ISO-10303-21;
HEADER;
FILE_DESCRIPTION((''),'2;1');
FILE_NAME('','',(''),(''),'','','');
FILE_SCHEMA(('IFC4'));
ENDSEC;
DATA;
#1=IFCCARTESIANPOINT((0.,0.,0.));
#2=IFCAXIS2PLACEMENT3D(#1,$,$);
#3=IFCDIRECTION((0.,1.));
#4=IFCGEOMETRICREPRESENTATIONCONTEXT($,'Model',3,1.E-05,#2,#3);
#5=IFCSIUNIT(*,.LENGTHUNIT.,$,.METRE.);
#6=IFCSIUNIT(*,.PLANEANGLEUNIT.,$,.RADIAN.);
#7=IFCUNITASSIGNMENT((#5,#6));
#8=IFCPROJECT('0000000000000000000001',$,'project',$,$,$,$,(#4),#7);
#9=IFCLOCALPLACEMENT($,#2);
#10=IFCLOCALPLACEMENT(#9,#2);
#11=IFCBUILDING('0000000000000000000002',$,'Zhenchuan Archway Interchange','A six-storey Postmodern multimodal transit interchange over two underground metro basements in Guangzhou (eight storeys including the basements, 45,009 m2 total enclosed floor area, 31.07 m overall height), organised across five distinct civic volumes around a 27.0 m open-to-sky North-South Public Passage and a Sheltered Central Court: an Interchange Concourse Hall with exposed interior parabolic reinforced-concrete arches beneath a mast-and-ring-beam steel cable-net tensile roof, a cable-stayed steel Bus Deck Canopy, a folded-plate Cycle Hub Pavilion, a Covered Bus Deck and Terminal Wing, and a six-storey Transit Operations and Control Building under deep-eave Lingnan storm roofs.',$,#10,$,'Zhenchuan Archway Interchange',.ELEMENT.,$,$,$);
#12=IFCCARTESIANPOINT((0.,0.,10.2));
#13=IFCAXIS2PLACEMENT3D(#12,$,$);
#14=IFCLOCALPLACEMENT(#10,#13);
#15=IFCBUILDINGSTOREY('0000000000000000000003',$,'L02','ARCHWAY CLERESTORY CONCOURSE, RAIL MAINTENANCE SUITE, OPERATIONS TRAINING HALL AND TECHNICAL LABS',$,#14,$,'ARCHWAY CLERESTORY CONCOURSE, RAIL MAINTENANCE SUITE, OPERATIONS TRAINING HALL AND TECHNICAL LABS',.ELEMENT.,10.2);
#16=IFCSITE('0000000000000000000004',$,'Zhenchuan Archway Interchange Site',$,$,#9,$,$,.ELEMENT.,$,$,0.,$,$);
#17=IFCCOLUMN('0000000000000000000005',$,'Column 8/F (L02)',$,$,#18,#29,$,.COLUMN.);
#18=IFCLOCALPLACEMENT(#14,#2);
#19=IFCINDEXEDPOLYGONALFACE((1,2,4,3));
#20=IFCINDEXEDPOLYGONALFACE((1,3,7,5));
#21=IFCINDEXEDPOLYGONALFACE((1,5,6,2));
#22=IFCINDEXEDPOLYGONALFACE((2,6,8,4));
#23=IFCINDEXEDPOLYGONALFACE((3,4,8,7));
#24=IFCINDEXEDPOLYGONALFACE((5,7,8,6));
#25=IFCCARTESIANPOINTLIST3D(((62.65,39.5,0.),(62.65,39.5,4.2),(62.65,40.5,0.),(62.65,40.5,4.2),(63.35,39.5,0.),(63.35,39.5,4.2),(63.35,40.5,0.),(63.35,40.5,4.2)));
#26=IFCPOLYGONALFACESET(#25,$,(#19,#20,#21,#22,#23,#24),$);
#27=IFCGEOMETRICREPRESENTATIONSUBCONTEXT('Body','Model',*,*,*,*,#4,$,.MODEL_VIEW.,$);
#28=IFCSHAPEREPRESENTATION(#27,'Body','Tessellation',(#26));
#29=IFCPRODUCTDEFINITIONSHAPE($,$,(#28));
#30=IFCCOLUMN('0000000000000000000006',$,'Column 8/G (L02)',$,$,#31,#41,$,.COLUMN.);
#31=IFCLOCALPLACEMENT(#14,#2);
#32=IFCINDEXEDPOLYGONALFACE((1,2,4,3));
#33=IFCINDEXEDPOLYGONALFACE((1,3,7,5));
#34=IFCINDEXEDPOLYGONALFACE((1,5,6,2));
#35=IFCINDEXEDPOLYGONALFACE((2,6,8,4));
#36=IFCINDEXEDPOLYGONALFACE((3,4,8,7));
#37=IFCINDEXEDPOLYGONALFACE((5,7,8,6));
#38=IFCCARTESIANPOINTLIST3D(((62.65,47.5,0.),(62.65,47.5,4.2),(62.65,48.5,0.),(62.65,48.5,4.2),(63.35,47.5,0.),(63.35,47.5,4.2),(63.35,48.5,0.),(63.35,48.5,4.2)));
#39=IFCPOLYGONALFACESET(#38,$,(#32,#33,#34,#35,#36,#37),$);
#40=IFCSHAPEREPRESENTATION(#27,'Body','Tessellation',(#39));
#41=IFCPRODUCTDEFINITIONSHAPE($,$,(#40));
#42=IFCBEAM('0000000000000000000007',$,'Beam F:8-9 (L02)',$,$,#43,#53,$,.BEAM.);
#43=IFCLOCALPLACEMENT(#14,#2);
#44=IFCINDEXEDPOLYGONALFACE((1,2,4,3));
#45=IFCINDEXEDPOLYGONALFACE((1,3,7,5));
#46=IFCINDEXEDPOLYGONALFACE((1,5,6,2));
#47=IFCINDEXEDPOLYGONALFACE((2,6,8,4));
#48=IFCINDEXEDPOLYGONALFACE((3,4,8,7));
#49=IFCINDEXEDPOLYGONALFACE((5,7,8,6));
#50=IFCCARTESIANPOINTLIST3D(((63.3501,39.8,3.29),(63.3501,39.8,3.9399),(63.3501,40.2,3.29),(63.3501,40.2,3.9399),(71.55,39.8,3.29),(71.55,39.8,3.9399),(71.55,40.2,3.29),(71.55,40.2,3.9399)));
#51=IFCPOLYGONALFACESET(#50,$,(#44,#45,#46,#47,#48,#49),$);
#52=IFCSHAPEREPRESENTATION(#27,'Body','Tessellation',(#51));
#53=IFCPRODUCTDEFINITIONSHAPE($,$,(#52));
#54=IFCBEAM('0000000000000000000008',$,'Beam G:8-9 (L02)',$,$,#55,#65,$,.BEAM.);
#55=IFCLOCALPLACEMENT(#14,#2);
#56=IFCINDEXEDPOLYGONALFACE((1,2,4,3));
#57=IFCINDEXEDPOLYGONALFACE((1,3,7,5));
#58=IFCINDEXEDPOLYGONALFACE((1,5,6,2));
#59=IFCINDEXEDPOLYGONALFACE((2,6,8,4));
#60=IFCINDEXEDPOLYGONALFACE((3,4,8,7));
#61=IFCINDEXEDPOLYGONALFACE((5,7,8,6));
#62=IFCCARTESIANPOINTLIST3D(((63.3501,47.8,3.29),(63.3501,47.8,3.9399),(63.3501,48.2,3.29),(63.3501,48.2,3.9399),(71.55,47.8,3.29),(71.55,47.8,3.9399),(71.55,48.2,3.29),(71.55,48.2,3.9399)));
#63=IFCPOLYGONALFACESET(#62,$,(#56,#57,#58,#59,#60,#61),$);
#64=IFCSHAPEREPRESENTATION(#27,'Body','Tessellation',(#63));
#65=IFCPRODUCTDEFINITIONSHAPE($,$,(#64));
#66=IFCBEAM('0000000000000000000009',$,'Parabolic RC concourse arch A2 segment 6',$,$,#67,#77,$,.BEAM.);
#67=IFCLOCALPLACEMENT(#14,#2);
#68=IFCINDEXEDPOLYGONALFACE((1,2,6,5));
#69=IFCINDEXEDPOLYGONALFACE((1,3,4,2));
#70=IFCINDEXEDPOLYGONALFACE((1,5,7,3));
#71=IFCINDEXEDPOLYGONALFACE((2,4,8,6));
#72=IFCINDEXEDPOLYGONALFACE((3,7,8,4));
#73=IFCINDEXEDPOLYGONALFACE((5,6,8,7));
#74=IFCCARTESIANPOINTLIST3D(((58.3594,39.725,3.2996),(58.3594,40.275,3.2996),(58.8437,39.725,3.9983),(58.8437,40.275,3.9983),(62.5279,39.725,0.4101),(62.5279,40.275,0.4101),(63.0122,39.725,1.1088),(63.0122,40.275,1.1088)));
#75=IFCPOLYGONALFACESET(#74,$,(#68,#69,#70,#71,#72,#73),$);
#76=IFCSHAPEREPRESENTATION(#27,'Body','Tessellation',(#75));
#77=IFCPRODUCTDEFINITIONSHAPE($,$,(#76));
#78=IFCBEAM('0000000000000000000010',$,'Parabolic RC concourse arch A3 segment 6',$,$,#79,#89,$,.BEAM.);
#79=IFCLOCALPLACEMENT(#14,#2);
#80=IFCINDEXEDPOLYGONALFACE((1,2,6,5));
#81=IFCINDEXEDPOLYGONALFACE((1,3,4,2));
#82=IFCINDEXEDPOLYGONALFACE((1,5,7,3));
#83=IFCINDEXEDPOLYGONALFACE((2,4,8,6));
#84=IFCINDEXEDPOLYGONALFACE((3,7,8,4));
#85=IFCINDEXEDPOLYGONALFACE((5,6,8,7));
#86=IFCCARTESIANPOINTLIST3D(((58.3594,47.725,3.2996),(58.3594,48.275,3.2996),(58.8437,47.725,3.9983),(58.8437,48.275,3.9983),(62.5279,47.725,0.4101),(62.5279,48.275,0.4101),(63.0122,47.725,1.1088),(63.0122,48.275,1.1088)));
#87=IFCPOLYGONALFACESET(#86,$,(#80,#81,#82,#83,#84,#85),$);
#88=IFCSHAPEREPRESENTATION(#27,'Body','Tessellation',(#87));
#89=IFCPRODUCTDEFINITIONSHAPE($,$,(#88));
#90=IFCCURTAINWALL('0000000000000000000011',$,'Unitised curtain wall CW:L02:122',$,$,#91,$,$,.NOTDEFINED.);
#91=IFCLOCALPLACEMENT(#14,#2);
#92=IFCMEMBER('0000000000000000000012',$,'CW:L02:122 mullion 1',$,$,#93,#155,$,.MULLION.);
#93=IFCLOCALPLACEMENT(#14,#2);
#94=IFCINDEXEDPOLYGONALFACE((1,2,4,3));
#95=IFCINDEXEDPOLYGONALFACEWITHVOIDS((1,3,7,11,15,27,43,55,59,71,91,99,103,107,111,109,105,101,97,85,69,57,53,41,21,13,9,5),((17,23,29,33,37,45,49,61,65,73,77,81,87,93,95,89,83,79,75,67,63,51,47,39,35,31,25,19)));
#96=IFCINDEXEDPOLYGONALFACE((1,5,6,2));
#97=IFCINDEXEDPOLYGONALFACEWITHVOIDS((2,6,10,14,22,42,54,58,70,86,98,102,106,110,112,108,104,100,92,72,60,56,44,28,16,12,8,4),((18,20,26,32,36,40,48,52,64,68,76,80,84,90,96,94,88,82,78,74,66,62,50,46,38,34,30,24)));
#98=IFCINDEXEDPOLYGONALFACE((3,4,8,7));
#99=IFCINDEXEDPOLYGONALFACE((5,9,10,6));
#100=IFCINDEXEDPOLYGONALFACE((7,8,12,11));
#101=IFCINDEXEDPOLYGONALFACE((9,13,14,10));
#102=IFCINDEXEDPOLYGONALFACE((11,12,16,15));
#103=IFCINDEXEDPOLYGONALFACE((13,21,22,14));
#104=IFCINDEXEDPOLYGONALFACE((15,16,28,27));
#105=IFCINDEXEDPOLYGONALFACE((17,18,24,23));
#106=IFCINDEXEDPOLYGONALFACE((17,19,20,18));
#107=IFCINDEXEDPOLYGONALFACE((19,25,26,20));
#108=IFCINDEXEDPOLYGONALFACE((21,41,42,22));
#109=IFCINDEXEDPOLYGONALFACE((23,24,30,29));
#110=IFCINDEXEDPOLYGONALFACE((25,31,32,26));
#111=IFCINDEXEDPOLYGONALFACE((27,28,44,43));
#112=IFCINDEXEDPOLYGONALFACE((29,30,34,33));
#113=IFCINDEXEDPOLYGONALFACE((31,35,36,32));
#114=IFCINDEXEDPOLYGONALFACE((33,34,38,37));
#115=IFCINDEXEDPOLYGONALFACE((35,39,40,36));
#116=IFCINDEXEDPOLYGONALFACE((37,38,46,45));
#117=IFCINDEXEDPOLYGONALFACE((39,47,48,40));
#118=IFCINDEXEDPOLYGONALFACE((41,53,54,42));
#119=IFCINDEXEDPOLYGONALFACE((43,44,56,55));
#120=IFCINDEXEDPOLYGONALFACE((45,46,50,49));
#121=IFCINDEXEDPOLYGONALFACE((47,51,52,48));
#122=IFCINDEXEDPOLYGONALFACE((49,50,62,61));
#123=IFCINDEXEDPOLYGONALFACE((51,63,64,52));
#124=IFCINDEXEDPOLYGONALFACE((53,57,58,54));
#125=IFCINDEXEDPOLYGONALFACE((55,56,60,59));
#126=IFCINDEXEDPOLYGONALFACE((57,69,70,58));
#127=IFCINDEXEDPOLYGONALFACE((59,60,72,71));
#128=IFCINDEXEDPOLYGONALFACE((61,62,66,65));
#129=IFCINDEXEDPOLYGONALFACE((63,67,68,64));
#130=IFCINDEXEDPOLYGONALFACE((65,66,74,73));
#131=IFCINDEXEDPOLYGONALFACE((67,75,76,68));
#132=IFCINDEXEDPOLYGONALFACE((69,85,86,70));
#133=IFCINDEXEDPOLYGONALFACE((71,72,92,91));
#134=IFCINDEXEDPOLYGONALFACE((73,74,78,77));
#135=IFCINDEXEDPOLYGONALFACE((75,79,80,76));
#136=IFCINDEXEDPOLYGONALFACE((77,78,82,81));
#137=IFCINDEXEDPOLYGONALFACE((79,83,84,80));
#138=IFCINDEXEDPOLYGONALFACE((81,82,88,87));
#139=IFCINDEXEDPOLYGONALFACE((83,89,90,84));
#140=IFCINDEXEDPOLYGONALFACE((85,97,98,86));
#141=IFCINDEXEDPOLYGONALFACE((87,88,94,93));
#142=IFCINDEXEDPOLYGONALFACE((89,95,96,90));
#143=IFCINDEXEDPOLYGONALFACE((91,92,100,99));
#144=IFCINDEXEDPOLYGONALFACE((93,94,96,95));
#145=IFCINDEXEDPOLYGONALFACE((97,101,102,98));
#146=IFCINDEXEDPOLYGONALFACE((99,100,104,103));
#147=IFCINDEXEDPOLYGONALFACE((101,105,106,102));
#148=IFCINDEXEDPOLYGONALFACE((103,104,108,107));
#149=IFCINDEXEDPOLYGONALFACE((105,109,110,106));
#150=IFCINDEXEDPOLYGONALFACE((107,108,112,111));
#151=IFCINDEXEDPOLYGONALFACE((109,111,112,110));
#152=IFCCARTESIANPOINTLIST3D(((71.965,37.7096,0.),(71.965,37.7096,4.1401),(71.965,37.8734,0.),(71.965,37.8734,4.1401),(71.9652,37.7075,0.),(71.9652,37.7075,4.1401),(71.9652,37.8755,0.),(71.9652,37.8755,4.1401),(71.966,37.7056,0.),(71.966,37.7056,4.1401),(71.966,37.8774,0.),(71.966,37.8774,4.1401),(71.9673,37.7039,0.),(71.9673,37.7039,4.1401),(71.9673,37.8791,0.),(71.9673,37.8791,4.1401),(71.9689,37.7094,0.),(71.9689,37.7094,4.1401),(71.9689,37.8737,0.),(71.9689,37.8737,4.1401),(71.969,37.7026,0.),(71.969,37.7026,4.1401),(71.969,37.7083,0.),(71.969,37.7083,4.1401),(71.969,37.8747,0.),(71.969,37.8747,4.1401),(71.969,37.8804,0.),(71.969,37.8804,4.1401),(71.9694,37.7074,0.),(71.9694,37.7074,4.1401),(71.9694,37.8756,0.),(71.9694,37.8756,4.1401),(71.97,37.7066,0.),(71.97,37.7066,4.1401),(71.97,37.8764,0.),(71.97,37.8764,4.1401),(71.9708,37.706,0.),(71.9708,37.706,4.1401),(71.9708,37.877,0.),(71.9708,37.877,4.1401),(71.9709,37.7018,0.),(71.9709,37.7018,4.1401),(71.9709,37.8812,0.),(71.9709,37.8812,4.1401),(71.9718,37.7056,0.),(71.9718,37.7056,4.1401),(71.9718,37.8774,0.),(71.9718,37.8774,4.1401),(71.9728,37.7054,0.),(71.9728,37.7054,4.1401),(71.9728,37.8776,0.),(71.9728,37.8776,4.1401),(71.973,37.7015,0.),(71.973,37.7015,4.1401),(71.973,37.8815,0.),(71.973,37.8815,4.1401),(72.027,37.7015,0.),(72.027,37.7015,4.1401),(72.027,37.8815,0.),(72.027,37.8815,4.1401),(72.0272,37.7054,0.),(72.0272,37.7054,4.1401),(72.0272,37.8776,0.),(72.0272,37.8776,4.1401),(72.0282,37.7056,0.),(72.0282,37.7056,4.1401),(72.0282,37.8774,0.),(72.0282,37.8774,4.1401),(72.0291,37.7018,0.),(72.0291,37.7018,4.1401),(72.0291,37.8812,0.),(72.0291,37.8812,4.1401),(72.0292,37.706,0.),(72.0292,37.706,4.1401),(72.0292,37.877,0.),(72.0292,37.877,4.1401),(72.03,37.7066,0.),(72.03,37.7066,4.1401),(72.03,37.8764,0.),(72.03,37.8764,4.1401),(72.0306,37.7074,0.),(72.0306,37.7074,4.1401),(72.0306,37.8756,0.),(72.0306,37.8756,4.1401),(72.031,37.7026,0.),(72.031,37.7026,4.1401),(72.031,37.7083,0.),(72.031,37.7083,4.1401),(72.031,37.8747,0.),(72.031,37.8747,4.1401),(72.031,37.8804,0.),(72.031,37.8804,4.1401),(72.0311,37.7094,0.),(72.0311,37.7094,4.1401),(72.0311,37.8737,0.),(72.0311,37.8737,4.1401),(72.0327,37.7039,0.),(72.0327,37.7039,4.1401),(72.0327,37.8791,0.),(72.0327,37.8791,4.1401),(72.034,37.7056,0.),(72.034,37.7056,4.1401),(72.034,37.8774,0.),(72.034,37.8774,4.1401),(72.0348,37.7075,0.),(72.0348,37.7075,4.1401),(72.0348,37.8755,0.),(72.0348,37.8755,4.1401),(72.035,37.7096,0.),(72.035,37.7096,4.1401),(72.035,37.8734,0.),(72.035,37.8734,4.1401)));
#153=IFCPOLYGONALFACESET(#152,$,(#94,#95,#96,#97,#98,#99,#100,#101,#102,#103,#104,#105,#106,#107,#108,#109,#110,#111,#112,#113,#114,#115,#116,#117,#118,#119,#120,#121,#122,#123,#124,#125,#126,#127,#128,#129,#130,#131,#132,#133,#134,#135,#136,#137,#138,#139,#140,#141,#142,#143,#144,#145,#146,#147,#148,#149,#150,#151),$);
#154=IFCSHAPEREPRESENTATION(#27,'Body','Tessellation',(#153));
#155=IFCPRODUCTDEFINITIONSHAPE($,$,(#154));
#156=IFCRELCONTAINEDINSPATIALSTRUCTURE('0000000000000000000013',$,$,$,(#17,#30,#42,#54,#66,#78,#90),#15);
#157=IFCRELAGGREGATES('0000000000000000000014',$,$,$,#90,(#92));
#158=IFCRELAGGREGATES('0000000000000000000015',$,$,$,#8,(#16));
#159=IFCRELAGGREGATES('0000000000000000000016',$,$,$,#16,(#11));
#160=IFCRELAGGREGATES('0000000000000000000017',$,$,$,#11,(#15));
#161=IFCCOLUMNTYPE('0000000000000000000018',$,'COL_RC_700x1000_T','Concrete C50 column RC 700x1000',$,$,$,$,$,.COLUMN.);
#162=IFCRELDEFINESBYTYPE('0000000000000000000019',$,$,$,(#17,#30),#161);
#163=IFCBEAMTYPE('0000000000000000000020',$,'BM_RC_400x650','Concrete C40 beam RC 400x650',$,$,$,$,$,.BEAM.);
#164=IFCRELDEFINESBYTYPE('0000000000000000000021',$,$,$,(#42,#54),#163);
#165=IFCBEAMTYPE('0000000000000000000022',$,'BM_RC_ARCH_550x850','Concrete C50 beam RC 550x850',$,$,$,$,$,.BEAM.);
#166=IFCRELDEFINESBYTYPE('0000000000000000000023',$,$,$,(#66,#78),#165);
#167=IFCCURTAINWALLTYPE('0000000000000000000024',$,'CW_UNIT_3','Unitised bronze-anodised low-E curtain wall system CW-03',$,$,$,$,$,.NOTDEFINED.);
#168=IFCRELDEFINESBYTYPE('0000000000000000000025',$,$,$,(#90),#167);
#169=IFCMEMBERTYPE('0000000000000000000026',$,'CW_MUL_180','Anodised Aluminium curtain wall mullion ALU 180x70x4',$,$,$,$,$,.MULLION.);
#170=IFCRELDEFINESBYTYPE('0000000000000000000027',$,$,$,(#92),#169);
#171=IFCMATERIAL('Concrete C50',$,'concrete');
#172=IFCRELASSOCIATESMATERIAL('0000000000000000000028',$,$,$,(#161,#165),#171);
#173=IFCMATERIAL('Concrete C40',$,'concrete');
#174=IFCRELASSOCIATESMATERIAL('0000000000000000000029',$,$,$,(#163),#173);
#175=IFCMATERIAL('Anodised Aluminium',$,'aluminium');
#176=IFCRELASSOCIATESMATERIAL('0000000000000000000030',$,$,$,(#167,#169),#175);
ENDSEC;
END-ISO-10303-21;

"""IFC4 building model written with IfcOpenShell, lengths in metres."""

from ifc_helpers import new_model, si_unit, direction, frame, origin, origin_2d, place, context, subcontext, project, spatial, rectangle, hollow_rectangle, extrude, material, material_profile, profile_set, type_object, element, aggregate, save


model = new_model("IFC4")

# Units and contexts
model_context = context("Model", 3, precision=1e-05, world=origin(), true_north=direction((0.0, 1.0)))
body_context = subcontext(model_context, "Body", "Model", "MODEL_VIEW")
ifc_project = project(units=[si_unit("LENGTHUNIT", "METRE"), si_unit("PLANEANGLEUNIT", "RADIAN")], contexts=[model_context])

# Site, building, storey
site_placement = place(None, origin())
site = spatial("IfcSite", under=ifc_project, at=site_placement, Name="Zhenchuan Archway Interchange Site", CompositionType="ELEMENT", RefElevation=0.0)
building_placement = place(site_placement, origin())
building = spatial("IfcBuilding", under=site, at=building_placement, Name="Zhenchuan Archway Interchange", Description="A six-storey Postmodern multimodal transit interchange over two underground metro basements in Guangzhou (eight storeys including the basements, 45,009 m2 total enclosed floor area, 31.07 m overall height), organised across five distinct civic volumes around a 27.0 m open-to-sky North-South Public Passage and a Sheltered Central Court: an Interchange Concourse Hall with exposed interior parabolic reinforced-concrete arches beneath a mast-and-ring-beam steel cable-net tensile roof, a cable-stayed steel Bus Deck Canopy, a folded-plate Cycle Hub Pavilion, a Covered Bus Deck and Terminal Wing, and a six-storey Transit Operations and Control Building under deep-eave Lingnan storm roofs.", LongName="Zhenchuan Archway Interchange", CompositionType="ELEMENT")
storey_placement = place(building_placement, frame((0.0, 0.0, 10.2)))
storey = spatial("IfcBuildingStorey", under=building, at=storey_placement, Name="L02", Description="ARCHWAY CLERESTORY CONCOURSE, RAIL MAINTENANCE SUITE, OPERATIONS TRAINING HALL AND TECHNICAL LABS", LongName="ARCHWAY CLERESTORY CONCOURSE, RAIL MAINTENANCE SUITE, OPERATIONS TRAINING HALL AND TECHNICAL LABS", CompositionType="ELEMENT", Elevation=10.2)

# Columns
ifc_material_1 = material(Name="Concrete C50", Category="concrete")
ifc_material_profile_1 = material_profile(ifc_material_1, rectangle(XDim=0.7, YDim=1.0, at=origin_2d()), Name="RC 700x1000")
ifc_profile_set_1 = profile_set([ifc_material_profile_1], Name="Concrete C50")
column_type = type_object("IfcColumnType", Name="COL_RC_700x1000_T", Description="Concrete C50 column RC 700x1000", PredefinedType="COLUMN", material=ifc_profile_set_1)
for number, where, z_axis, x_axis, name in (
    (1, (63.0, 40.0, 0.0), (0.0, 0.0, 1.0), (1.0, 0.0, 0.0), "Column 8/F (L02)"),
    (2, (63.0, 48.0, 0.0), (0.0, 0.0, 1.0), (1.0, 0.0, 0.0), "Column 8/G (L02)"),
):
    element("IfcColumn", number, at=place(storey_placement, frame(where, z_axis=z_axis, x_axis=x_axis)), inside=storey, type_object=column_type, Name=name, PredefinedType="COLUMN", context=body_context, shape_type="SweptSolid", body=[
        extrude(rectangle(XDim=0.7, YDim=1.0, at=origin_2d()), origin(), (0.0, 0.0, 1.0), 4.2),
    ])

# Beams
ifc_material_2 = material(Name="Concrete C40", Category="concrete")
ifc_material_profile_2 = material_profile(ifc_material_2, rectangle(XDim=0.3999, YDim=0.6499, at=origin_2d()), Name="RC 400x650")
ifc_profile_set_2 = profile_set([ifc_material_profile_2], Name="Concrete C40")
beam_type_1 = type_object("IfcBeamType", Name="BM_RC_400x650", Description="Concrete C40 beam RC 400x650", PredefinedType="BEAM", material=ifc_profile_set_2)
for number, where, z_axis, x_axis, name in (
    (3, (63.3501, 40.0, 3.615), (1.0, 0.0, 0.0), (0.0, 1.0, 0.0), "Beam F:8-9 (L02)"),
    (4, (63.3501, 48.0, 3.615), (1.0, 0.0, 0.0), (0.0, 1.0, 0.0), "Beam G:8-9 (L02)"),
):
    element("IfcBeam", number, at=place(storey_placement, frame(where, z_axis=z_axis, x_axis=x_axis)), inside=storey, type_object=beam_type_1, Name=name, PredefinedType="BEAM", context=body_context, shape_type="SweptSolid", body=[
        extrude(rectangle(XDim=0.3999, YDim=0.6499, at=origin_2d()), origin(), (0.0, 0.0, 1.0), 8.2),
    ])
ifc_material_profile_3 = material_profile(ifc_material_1, rectangle(XDim=0.55, YDim=0.8501, at=origin_2d()), Name="RC 550x850")
ifc_profile_set_3 = profile_set([ifc_material_profile_3], Name="Concrete C50")
beam_type_2 = type_object("IfcBeamType", Name="BM_RC_ARCH_550x850", Description="Concrete C50 beam RC 550x850", PredefinedType="BEAM", material=ifc_profile_set_3)
for number, where, z_axis, x_axis, name in (
    (5, (58.6016, 40.0, 3.6489), (0.821865, 0.0, -0.569683), (0.0, 1.0, 0.0), "Parabolic RC concourse arch A2 segment 6"),
    (6, (58.6016, 48.0, 3.6489), (0.821865, 0.0, -0.569683), (0.0, 1.0, 0.0), "Parabolic RC concourse arch A3 segment 6"),
):
    element("IfcBeam", number, at=place(storey_placement, frame(where, z_axis=z_axis, x_axis=x_axis)), inside=storey, type_object=beam_type_2, Name=name, PredefinedType="BEAM", context=body_context, shape_type="SweptSolid", body=[
        extrude(rectangle(XDim=0.55, YDim=0.8501, at=origin_2d()), origin(), (0.0, 0.0, 1.0), 5.072),
    ])

# Curtain wall, member
ifc_material_3 = material(Name="Anodised Aluminium", Category="aluminium")
curtain_wall_type = type_object("IfcCurtainWallType", Name="CW_UNIT_3", Description="Unitised bronze-anodised low-E curtain wall system CW-03", PredefinedType="NOTDEFINED", material=ifc_material_3)
curtain_wall_placement = place(storey_placement, origin())
curtain_wall = element("IfcCurtainWall", 7, at=curtain_wall_placement, inside=storey, type_object=curtain_wall_type, Name="Unitised curtain wall CW:L02:122", PredefinedType="NOTDEFINED")
ifc_material_profile_4 = material_profile(ifc_material_3, hollow_rectangle(XDim=0.0701, YDim=0.1799, WallThickness=0.0039, InnerFilletRadius=0.0039, OuterFilletRadius=0.0081, at=origin_2d()), Name="ALU 180x70x4")
ifc_profile_set_4 = profile_set([ifc_material_profile_4], Name="Anodised Aluminium")
member_type_1 = type_object("IfcMemberType", Name="CW_MUL_180", Description="Anodised Aluminium curtain wall mullion ALU 180x70x4", PredefinedType="MULLION", material=ifc_profile_set_4)
member_1_placement = place(storey_placement, frame((72.0, 37.7915, 0.0), z_axis=(0.0, 0.0, 1.0), x_axis=(1.0, 0.0, 0.0)))
member_1 = element("IfcMember", 8, at=member_1_placement, type_object=member_type_1, Name="CW:L02:122 mullion 1", PredefinedType="MULLION", context=body_context, shape_type="SweptSolid", body=[
    extrude(hollow_rectangle(XDim=0.0701, YDim=0.1799, WallThickness=0.0039, InnerFilletRadius=0.0039, OuterFilletRadius=0.0081, at=origin_2d()), origin(), (0.0, 0.0, 1.0), 4.1401),
])

aggregate(curtain_wall, [member_1])

save(model, "model.ifc")
